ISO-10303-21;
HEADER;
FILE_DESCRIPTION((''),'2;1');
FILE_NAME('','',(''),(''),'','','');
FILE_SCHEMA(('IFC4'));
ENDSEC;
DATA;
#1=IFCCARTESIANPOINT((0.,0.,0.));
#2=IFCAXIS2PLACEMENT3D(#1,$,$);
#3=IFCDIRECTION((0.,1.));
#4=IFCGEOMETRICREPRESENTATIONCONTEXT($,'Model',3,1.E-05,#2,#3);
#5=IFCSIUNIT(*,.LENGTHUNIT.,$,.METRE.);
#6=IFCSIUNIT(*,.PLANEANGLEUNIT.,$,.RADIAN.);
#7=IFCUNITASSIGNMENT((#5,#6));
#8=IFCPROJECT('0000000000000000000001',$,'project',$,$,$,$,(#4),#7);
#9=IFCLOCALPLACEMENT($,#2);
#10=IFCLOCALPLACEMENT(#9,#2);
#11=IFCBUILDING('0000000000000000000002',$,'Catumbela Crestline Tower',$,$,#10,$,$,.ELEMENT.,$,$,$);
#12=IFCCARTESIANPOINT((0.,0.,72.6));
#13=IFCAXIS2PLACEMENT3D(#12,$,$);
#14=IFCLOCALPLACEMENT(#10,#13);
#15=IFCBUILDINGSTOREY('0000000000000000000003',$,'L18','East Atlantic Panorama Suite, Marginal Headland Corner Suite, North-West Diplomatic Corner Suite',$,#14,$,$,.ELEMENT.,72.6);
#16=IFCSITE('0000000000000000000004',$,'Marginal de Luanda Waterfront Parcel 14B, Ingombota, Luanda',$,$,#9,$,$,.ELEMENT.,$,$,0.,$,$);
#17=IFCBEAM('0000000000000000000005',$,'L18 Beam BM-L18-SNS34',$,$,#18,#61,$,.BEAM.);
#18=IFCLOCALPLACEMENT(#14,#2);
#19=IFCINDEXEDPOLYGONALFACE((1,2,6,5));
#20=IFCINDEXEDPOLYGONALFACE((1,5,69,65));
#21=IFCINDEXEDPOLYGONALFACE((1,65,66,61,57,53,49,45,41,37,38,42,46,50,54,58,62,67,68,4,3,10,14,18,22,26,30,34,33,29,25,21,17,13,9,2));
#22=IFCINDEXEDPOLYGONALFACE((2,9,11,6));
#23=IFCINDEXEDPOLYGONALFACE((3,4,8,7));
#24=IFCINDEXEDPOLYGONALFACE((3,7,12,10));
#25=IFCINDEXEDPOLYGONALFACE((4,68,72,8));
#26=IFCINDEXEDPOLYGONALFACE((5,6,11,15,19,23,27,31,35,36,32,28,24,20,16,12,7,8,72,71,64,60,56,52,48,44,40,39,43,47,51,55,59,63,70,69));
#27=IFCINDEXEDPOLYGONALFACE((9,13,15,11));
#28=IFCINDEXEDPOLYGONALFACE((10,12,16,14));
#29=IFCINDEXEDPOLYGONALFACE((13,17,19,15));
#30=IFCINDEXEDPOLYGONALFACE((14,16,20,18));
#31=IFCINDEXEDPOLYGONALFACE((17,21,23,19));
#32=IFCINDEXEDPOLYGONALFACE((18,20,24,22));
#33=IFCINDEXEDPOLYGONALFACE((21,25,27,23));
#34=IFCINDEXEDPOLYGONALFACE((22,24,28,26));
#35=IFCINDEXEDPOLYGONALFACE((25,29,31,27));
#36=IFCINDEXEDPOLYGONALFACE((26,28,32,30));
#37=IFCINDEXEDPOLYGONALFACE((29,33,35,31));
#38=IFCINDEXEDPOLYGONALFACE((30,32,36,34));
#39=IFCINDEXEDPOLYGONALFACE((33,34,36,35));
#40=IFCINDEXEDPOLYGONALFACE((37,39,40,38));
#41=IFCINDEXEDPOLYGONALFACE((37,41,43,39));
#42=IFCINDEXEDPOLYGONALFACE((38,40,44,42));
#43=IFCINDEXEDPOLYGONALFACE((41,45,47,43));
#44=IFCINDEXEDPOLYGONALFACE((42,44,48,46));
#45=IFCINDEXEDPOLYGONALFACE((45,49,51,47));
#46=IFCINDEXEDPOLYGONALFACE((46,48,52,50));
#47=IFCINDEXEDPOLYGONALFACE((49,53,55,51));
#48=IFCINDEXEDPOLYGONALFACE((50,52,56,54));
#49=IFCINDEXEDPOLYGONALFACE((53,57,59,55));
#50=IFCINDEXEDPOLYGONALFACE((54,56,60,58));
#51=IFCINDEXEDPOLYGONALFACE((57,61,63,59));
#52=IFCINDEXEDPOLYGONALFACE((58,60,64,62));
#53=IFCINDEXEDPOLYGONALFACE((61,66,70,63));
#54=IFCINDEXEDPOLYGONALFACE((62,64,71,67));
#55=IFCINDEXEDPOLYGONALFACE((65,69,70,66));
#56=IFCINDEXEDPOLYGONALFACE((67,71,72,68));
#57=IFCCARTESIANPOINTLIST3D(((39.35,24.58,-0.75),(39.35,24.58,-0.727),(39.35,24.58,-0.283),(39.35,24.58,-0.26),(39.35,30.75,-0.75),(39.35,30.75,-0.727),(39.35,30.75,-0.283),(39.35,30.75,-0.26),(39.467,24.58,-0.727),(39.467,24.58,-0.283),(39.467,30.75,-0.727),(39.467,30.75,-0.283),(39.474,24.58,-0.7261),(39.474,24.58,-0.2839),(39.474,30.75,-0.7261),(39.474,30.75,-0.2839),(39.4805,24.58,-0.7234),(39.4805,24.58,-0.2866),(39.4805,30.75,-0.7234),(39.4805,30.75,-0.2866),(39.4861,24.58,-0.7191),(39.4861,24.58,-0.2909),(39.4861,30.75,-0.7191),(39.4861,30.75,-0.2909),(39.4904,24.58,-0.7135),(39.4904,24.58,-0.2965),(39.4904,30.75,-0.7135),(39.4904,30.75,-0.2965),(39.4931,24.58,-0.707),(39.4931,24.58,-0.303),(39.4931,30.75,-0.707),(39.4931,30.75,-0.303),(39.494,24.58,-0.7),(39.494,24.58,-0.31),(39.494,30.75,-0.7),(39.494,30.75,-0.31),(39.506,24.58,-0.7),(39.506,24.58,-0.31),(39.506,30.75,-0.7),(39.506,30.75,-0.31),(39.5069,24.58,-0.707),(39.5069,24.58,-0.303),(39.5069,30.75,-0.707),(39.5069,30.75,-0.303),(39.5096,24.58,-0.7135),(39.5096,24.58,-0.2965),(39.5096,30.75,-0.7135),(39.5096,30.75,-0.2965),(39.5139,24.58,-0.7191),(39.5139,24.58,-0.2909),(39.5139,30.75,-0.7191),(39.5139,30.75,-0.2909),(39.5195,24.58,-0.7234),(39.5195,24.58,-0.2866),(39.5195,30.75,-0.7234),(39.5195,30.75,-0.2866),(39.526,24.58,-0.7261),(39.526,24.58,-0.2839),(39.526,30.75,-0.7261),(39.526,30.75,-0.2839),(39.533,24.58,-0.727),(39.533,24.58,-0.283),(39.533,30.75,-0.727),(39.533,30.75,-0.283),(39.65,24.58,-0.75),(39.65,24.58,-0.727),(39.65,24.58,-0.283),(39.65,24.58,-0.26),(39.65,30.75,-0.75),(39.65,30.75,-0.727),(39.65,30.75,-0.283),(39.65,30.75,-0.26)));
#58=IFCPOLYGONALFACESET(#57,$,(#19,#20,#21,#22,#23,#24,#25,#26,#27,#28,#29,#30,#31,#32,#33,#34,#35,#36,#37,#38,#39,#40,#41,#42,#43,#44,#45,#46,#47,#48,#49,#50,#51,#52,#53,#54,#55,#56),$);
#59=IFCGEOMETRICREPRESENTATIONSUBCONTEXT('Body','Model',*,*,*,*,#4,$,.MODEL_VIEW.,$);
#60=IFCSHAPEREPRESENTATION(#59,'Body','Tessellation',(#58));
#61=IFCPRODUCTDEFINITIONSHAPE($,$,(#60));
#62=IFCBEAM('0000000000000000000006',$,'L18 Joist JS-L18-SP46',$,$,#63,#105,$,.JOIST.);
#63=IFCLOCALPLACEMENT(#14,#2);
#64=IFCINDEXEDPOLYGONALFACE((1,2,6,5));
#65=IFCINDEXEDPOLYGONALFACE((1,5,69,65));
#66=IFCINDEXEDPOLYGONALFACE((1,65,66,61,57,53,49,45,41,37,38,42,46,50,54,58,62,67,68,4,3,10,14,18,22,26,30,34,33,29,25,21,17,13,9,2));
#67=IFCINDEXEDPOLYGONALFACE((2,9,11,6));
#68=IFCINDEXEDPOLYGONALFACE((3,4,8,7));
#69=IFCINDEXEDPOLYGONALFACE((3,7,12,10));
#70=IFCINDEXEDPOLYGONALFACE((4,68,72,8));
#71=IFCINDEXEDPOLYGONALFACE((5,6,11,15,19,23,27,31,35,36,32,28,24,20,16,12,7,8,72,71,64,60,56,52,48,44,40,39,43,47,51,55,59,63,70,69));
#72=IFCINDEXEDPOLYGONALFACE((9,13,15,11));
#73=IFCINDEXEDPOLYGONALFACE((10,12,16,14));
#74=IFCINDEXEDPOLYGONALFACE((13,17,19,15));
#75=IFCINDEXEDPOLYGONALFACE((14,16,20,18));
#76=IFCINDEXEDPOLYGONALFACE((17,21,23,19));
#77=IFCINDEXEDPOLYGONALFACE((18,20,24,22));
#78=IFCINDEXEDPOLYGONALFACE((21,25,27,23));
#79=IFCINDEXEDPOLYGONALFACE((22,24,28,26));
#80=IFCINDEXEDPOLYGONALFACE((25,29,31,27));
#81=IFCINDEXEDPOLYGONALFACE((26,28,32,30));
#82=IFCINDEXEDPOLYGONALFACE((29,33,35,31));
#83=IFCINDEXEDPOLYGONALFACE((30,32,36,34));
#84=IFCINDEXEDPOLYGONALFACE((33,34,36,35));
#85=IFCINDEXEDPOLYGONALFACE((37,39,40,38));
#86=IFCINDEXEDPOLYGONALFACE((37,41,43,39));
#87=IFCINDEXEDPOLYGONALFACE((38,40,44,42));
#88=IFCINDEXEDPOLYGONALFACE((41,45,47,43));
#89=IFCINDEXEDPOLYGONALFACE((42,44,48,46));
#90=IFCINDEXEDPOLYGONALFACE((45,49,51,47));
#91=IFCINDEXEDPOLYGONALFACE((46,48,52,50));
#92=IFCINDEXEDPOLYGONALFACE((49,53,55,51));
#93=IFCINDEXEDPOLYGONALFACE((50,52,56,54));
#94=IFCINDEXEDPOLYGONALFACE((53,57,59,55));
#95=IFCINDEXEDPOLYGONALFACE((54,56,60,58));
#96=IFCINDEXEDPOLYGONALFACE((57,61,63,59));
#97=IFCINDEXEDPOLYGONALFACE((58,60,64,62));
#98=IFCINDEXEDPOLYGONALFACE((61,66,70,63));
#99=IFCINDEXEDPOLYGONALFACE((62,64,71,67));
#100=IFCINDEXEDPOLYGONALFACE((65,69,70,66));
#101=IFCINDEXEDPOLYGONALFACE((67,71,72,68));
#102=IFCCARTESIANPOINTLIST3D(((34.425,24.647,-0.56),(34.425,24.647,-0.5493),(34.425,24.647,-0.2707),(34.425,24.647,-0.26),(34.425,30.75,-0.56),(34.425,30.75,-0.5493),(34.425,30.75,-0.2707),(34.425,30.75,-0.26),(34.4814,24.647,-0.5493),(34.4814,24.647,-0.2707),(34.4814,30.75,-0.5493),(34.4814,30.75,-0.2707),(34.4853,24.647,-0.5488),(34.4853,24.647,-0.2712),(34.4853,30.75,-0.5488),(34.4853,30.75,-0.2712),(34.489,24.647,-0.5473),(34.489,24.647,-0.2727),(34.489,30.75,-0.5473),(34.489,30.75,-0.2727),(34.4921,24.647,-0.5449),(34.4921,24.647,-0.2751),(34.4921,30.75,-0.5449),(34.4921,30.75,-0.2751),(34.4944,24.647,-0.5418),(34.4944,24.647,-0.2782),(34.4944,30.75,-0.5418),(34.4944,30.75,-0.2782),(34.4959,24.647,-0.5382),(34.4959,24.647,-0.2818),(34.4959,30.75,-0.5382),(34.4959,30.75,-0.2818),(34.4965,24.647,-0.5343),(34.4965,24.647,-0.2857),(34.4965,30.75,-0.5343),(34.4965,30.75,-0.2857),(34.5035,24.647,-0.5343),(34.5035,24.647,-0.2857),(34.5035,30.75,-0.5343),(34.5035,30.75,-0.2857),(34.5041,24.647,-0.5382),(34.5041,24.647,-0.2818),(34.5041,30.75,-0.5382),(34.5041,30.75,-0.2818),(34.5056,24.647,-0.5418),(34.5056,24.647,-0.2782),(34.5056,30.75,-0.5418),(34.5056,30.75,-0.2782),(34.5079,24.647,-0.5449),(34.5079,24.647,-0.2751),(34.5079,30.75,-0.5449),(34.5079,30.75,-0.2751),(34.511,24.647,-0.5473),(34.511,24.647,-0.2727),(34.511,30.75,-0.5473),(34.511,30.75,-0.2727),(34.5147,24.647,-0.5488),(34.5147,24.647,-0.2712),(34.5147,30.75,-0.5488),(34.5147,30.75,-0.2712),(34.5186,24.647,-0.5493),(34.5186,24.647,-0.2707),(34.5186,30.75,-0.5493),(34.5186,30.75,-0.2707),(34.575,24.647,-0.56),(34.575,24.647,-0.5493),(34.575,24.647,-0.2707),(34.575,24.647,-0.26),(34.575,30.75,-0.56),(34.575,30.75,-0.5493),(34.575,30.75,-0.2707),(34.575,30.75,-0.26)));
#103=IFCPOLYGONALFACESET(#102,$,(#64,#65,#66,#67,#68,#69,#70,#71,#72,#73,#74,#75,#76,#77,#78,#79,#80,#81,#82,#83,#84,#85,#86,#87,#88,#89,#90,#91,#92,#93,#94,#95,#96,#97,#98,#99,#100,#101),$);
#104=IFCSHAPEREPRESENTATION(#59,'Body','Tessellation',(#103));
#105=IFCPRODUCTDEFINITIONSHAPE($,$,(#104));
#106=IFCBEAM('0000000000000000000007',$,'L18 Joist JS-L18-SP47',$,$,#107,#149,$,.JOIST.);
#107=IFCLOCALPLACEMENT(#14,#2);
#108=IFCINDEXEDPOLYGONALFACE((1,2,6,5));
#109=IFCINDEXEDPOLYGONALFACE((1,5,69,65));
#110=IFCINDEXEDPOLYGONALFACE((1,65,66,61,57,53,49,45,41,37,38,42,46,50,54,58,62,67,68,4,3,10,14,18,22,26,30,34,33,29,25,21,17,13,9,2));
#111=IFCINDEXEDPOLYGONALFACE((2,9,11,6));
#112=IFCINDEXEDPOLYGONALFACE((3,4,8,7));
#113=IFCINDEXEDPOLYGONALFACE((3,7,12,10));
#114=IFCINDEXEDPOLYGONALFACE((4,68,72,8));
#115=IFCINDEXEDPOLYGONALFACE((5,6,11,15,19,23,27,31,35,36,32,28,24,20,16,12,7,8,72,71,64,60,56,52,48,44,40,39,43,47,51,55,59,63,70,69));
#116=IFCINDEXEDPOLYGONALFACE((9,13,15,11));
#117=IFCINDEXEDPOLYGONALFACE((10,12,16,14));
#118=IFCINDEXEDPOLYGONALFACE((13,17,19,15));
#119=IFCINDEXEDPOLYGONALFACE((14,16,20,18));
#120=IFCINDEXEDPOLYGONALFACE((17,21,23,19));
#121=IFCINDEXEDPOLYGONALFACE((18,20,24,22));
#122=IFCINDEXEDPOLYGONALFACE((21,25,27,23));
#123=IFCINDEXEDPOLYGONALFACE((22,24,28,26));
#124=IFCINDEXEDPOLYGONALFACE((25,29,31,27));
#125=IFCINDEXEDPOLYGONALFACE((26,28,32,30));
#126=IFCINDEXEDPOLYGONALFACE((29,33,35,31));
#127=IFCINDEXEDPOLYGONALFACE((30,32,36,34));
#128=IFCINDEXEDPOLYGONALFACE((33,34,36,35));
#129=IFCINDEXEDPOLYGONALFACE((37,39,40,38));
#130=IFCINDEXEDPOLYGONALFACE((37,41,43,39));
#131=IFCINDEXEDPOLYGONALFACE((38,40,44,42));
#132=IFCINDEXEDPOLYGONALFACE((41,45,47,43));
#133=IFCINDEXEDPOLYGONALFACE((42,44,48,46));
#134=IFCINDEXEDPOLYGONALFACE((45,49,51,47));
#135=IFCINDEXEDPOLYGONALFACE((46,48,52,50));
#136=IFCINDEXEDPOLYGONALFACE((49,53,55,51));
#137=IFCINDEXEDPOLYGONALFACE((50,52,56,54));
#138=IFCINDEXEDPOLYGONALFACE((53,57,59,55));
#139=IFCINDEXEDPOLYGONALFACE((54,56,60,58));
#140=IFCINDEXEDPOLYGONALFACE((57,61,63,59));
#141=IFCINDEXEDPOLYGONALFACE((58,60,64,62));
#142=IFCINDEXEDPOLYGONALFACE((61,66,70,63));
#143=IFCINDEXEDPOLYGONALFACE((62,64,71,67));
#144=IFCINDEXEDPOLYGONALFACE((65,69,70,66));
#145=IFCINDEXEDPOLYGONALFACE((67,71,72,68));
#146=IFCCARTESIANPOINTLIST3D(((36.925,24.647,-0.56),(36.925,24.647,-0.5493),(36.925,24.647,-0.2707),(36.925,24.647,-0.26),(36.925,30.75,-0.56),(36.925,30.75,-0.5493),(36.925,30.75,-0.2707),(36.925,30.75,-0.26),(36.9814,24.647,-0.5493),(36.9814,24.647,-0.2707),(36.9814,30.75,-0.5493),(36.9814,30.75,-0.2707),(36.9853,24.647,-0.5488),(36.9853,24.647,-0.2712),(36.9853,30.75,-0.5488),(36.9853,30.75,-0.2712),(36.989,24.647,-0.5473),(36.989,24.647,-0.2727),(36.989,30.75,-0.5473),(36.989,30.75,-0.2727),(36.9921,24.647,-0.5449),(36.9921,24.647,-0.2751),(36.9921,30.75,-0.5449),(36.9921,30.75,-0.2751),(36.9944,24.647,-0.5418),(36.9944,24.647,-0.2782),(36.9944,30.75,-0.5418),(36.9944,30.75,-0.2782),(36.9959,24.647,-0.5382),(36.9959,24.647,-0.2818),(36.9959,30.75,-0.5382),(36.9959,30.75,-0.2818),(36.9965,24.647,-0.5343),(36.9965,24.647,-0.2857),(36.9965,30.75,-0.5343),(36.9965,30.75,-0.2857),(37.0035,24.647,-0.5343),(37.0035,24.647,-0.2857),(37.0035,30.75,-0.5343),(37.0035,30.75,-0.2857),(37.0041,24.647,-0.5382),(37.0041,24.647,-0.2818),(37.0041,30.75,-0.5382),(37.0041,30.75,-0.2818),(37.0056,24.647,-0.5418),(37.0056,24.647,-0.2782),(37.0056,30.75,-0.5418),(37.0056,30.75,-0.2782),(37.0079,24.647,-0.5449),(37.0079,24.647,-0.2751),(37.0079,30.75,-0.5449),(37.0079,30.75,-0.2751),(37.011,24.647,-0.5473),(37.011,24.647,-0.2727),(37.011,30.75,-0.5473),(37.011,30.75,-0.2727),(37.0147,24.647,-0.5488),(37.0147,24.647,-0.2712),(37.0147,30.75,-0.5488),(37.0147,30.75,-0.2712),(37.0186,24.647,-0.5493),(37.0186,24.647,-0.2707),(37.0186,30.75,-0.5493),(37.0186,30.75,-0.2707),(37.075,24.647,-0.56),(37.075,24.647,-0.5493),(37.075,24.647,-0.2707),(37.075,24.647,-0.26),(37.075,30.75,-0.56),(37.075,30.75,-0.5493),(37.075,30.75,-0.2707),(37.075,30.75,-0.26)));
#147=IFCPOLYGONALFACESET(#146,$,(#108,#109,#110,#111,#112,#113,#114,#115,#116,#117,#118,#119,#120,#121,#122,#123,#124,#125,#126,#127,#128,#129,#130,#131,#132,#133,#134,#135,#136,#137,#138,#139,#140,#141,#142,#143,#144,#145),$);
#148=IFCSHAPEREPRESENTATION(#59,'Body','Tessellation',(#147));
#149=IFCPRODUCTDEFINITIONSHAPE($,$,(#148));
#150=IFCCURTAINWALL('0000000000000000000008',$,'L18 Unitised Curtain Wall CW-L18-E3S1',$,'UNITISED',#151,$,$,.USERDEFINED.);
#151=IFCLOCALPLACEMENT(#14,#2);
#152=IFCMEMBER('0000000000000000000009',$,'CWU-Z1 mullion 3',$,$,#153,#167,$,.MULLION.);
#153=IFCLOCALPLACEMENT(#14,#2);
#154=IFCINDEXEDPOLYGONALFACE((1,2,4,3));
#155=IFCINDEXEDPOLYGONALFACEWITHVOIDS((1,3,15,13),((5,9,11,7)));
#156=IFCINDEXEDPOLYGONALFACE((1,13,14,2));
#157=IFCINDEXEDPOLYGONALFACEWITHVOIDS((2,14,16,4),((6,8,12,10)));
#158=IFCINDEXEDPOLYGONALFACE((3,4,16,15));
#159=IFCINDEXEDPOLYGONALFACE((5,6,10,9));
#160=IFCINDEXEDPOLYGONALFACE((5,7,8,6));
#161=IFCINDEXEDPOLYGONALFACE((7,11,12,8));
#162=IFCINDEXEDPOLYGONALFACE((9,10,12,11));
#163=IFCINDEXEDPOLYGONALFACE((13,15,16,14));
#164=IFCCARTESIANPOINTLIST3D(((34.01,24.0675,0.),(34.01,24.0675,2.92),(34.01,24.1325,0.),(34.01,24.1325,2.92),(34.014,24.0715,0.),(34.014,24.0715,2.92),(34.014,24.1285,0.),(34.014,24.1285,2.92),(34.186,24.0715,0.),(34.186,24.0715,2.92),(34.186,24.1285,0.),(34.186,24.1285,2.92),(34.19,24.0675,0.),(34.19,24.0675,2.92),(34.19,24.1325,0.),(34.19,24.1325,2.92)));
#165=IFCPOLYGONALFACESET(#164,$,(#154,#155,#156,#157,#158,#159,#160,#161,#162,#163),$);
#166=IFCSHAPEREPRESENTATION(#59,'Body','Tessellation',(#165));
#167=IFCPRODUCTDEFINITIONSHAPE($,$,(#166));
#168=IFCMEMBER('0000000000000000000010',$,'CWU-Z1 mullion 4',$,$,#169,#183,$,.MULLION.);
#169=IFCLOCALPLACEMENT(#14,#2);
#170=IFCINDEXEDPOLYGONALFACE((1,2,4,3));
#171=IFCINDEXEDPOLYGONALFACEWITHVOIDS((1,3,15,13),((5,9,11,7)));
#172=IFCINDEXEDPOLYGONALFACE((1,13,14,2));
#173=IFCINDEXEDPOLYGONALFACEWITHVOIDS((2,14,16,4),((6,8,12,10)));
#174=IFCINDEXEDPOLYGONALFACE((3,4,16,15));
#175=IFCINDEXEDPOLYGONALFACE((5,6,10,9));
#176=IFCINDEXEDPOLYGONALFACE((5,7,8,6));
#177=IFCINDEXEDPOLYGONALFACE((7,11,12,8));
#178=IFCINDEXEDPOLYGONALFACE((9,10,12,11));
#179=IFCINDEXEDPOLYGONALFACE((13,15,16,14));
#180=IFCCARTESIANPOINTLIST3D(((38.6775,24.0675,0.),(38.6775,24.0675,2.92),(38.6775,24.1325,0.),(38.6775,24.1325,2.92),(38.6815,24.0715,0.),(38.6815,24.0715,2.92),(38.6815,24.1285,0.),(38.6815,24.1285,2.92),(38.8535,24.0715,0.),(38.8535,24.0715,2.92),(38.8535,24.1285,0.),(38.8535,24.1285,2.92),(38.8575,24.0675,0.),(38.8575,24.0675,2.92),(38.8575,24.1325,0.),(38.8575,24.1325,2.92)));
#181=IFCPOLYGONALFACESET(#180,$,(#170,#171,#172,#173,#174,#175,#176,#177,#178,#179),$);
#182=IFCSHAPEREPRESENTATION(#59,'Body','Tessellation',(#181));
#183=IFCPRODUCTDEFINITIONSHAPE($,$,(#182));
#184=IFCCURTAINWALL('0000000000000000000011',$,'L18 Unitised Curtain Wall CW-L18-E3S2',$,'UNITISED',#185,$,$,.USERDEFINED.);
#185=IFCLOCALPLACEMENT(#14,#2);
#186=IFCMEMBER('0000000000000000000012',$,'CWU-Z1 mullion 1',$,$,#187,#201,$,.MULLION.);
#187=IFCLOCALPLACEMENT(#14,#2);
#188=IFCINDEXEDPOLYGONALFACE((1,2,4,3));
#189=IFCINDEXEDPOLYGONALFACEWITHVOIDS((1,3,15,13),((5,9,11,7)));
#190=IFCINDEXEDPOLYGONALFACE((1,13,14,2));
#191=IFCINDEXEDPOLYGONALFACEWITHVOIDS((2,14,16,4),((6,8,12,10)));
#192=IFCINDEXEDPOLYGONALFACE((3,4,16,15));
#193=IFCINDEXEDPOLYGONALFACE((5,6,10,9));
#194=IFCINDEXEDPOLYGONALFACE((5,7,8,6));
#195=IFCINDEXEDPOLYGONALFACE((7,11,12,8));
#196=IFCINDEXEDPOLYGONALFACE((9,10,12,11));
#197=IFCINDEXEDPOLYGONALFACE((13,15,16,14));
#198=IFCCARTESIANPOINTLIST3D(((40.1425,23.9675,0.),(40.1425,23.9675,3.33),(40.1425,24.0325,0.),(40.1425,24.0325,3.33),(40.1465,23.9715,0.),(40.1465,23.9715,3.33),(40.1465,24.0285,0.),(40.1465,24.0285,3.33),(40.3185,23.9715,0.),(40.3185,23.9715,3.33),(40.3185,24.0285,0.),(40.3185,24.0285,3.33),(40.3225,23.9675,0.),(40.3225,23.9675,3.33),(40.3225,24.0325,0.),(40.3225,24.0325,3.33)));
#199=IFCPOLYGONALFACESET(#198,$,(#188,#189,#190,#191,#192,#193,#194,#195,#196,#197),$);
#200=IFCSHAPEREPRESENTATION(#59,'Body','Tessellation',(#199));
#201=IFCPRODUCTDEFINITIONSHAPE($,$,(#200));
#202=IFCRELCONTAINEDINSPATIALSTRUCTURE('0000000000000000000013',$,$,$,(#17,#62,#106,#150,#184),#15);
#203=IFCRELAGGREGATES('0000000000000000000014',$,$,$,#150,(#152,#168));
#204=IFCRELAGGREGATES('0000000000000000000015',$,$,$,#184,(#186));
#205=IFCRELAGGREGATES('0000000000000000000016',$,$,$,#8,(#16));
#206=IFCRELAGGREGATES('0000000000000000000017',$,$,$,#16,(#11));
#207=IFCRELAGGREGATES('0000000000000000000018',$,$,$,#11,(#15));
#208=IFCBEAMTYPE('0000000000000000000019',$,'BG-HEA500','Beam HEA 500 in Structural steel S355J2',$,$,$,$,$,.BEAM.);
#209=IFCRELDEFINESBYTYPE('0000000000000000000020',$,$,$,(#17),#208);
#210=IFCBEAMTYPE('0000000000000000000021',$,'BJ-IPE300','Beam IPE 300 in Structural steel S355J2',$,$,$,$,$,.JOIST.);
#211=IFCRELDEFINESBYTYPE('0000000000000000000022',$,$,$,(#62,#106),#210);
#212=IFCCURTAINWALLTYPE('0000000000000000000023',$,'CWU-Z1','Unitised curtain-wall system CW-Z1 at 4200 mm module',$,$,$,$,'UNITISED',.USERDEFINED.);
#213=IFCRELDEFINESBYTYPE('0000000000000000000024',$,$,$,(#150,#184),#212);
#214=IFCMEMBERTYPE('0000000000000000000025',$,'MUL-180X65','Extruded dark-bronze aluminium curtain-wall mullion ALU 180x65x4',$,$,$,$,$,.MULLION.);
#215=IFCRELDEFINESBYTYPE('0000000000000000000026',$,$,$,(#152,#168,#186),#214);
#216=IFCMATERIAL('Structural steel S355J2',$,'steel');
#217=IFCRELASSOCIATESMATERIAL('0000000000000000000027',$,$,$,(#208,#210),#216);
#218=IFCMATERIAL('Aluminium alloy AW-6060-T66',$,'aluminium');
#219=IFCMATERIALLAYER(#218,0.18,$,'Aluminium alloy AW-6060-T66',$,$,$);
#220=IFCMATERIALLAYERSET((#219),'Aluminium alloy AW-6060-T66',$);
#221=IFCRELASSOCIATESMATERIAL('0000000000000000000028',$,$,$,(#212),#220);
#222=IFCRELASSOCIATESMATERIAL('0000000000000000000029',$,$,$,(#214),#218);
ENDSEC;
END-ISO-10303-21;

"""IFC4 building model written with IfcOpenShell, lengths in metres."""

from ifc_helpers import new_model, si_unit, direction, frame, origin, origin_2d, place, context, subcontext, project, spatial, hollow_rectangle, i_section, extrude, material, layer, layer_set, material_profile, profile_set, type_object, element, aggregate, save


model = new_model("IFC4")

# Units and contexts
model_context = context("Model", 3, precision=1e-05, world=origin(), true_north=direction((0.0, 1.0)))
body_context = subcontext(model_context, "Body", "Model", "MODEL_VIEW")
ifc_project = project(units=[si_unit("LENGTHUNIT", "METRE"), si_unit("PLANEANGLEUNIT", "RADIAN")], contexts=[model_context])

# Site, building, storey
site_placement = place(None, origin())
site = spatial("IfcSite", under=ifc_project, at=site_placement, Name="Marginal de Luanda Waterfront Parcel 14B, Ingombota, Luanda", CompositionType="ELEMENT", RefElevation=0.0)
building_placement = place(site_placement, origin())
building = spatial("IfcBuilding", under=site, at=building_placement, Name="Catumbela Crestline Tower", CompositionType="ELEMENT")
storey_placement = place(building_placement, frame((0.0, 0.0, 72.6)))
storey = spatial("IfcBuildingStorey", under=building, at=storey_placement, Name="L18", Description="East Atlantic Panorama Suite, Marginal Headland Corner Suite, North-West Diplomatic Corner Suite", CompositionType="ELEMENT", Elevation=72.6)

# Beams
ifc_material_1 = material(Name="Structural steel S355J2", Category="steel")
ifc_material_profile_1 = material_profile(ifc_material_1, i_section(OverallWidth=0.3, OverallDepth=0.49, WebThickness=0.012, FlangeThickness=0.023, FilletRadius=0.027, at=origin_2d()), Name="HEA 500")
ifc_profile_set_1 = profile_set([ifc_material_profile_1], Name="Structural steel S355J2")
beam_type_1 = type_object("IfcBeamType", Name="BG-HEA500", Description="Beam HEA 500 in Structural steel S355J2", PredefinedType="BEAM", material=ifc_profile_set_1)
beam_1_placement = place(storey_placement, frame((39.5, 24.58, -0.505), z_axis=(0.0, 1.0, 0.0), x_axis=(-1.0, 0.0, 0.0)))
element("IfcBeam", 1, at=beam_1_placement, inside=storey, type_object=beam_type_1, Name="L18 Beam BM-L18-SNS34", PredefinedType="BEAM", context=body_context, shape_type="SweptSolid", body=[
    extrude(i_section(OverallWidth=0.3, OverallDepth=0.49, WebThickness=0.012, FlangeThickness=0.023, FilletRadius=0.027, at=origin_2d()), origin(), (0.0, 0.0, 1.0), 6.17),
])
ifc_material_profile_2 = material_profile(ifc_material_1, i_section(OverallWidth=0.15, OverallDepth=0.3, WebThickness=0.0071, FlangeThickness=0.0107, FilletRadius=0.015, at=origin_2d()), Name="IPE 300")
ifc_profile_set_2 = profile_set([ifc_material_profile_2], Name="Structural steel S355J2")
beam_type_2 = type_object("IfcBeamType", Name="BJ-IPE300", Description="Beam IPE 300 in Structural steel S355J2", PredefinedType="JOIST", material=ifc_profile_set_2)
for number, where, z_axis, x_axis, name in (
    (2, (34.5, 24.647, -0.41), (0.0, 1.0, 0.0), (-1.0, 0.0, 0.0), "L18 Joist JS-L18-SP46"),
    (3, (37.0, 24.647, -0.41), (0.0, 1.0, 0.0), (-1.0, 0.0, 0.0), "L18 Joist JS-L18-SP47"),
):
    element("IfcBeam", number, at=place(storey_placement, frame(where, z_axis=z_axis, x_axis=x_axis)), inside=storey, type_object=beam_type_2, Name=name, PredefinedType="JOIST", context=body_context, shape_type="SweptSolid", body=[
        extrude(i_section(OverallWidth=0.15, OverallDepth=0.3, WebThickness=0.0071, FlangeThickness=0.0107, FilletRadius=0.015, at=origin_2d()), origin(), (0.0, 0.0, 1.0), 6.103),
    ])

# Curtain walls, members
ifc_material_2 = material(Name="Aluminium alloy AW-6060-T66", Category="aluminium")
ifc_layer_1 = layer(ifc_material_2, 0.18, Name="Aluminium alloy AW-6060-T66")
ifc_layer_set_1 = layer_set([ifc_layer_1], Name="Aluminium alloy AW-6060-T66")
curtain_wall_type = type_object("IfcCurtainWallType", Name="CWU-Z1", Description="Unitised curtain-wall system CW-Z1 at 4200 mm module", ElementType="UNITISED", PredefinedType="USERDEFINED", material=ifc_layer_set_1)
curtain_wall_1_placement = place(storey_placement, origin())
curtain_wall_1 = element("IfcCurtainWall", 4, at=curtain_wall_1_placement, inside=storey, type_object=curtain_wall_type, Name="L18 Unitised Curtain Wall CW-L18-E3S1", ObjectType="UNITISED", PredefinedType="USERDEFINED")
ifc_material_profile_3 = material_profile(ifc_material_2, hollow_rectangle(XDim=0.065, YDim=0.18, WallThickness=0.004, at=origin_2d()), Name="ALU 180x65x4")
ifc_profile_set_3 = profile_set([ifc_material_profile_3], Name="Aluminium alloy AW-6060-T66")
member_type_1 = type_object("IfcMemberType", Name="MUL-180X65", Description="Extruded dark-bronze aluminium curtain-wall mullion ALU 180x65x4", PredefinedType="MULLION", material=ifc_profile_set_3)
member_1_placement = place(storey_placement, frame((34.1, 24.1, 0.0), z_axis=(0.0, 0.0, 1.0), x_axis=(0.0, 1.0, 0.0)))
member_1 = element("IfcMember", 5, at=member_1_placement, type_object=member_type_1, Name="CWU-Z1 mullion 3", PredefinedType="MULLION", context=body_context, shape_type="SweptSolid", body=[
    extrude(hollow_rectangle(XDim=0.065, YDim=0.18, WallThickness=0.004, at=origin_2d()), origin(), (0.0, 0.0, 1.0), 2.92),
])
member_2_placement = place(storey_placement, frame((38.7675, 24.1, 0.0), z_axis=(0.0, 0.0, 1.0), x_axis=(0.0, 1.0, 0.0)))
member_2 = element("IfcMember", 6, at=member_2_placement, type_object=member_type_1, Name="CWU-Z1 mullion 4", PredefinedType="MULLION", context=body_context, shape_type="SweptSolid", body=[
    extrude(hollow_rectangle(XDim=0.065, YDim=0.18, WallThickness=0.004, at=origin_2d()), origin(), (0.0, 0.0, 1.0), 2.92),
])
curtain_wall_2_placement = place(storey_placement, origin())
curtain_wall_2 = element("IfcCurtainWall", 7, at=curtain_wall_2_placement, inside=storey, type_object=curtain_wall_type, Name="L18 Unitised Curtain Wall CW-L18-E3S2", ObjectType="UNITISED", PredefinedType="USERDEFINED")
member_3_placement = place(storey_placement, frame((40.2325, 24.0, 0.0), z_axis=(0.0, 0.0, 1.0), x_axis=(0.0, 1.0, 0.0)))
member_3 = element("IfcMember", 8, at=member_3_placement, type_object=member_type_1, Name="CWU-Z1 mullion 1", PredefinedType="MULLION", context=body_context, shape_type="SweptSolid", body=[
    extrude(hollow_rectangle(XDim=0.065, YDim=0.18, WallThickness=0.004, at=origin_2d()), origin(), (0.0, 0.0, 1.0), 3.33),
])

aggregate(curtain_wall_1, [member_1, member_2])
aggregate(curtain_wall_2, [member_3])

save(model, "model.ifc")
